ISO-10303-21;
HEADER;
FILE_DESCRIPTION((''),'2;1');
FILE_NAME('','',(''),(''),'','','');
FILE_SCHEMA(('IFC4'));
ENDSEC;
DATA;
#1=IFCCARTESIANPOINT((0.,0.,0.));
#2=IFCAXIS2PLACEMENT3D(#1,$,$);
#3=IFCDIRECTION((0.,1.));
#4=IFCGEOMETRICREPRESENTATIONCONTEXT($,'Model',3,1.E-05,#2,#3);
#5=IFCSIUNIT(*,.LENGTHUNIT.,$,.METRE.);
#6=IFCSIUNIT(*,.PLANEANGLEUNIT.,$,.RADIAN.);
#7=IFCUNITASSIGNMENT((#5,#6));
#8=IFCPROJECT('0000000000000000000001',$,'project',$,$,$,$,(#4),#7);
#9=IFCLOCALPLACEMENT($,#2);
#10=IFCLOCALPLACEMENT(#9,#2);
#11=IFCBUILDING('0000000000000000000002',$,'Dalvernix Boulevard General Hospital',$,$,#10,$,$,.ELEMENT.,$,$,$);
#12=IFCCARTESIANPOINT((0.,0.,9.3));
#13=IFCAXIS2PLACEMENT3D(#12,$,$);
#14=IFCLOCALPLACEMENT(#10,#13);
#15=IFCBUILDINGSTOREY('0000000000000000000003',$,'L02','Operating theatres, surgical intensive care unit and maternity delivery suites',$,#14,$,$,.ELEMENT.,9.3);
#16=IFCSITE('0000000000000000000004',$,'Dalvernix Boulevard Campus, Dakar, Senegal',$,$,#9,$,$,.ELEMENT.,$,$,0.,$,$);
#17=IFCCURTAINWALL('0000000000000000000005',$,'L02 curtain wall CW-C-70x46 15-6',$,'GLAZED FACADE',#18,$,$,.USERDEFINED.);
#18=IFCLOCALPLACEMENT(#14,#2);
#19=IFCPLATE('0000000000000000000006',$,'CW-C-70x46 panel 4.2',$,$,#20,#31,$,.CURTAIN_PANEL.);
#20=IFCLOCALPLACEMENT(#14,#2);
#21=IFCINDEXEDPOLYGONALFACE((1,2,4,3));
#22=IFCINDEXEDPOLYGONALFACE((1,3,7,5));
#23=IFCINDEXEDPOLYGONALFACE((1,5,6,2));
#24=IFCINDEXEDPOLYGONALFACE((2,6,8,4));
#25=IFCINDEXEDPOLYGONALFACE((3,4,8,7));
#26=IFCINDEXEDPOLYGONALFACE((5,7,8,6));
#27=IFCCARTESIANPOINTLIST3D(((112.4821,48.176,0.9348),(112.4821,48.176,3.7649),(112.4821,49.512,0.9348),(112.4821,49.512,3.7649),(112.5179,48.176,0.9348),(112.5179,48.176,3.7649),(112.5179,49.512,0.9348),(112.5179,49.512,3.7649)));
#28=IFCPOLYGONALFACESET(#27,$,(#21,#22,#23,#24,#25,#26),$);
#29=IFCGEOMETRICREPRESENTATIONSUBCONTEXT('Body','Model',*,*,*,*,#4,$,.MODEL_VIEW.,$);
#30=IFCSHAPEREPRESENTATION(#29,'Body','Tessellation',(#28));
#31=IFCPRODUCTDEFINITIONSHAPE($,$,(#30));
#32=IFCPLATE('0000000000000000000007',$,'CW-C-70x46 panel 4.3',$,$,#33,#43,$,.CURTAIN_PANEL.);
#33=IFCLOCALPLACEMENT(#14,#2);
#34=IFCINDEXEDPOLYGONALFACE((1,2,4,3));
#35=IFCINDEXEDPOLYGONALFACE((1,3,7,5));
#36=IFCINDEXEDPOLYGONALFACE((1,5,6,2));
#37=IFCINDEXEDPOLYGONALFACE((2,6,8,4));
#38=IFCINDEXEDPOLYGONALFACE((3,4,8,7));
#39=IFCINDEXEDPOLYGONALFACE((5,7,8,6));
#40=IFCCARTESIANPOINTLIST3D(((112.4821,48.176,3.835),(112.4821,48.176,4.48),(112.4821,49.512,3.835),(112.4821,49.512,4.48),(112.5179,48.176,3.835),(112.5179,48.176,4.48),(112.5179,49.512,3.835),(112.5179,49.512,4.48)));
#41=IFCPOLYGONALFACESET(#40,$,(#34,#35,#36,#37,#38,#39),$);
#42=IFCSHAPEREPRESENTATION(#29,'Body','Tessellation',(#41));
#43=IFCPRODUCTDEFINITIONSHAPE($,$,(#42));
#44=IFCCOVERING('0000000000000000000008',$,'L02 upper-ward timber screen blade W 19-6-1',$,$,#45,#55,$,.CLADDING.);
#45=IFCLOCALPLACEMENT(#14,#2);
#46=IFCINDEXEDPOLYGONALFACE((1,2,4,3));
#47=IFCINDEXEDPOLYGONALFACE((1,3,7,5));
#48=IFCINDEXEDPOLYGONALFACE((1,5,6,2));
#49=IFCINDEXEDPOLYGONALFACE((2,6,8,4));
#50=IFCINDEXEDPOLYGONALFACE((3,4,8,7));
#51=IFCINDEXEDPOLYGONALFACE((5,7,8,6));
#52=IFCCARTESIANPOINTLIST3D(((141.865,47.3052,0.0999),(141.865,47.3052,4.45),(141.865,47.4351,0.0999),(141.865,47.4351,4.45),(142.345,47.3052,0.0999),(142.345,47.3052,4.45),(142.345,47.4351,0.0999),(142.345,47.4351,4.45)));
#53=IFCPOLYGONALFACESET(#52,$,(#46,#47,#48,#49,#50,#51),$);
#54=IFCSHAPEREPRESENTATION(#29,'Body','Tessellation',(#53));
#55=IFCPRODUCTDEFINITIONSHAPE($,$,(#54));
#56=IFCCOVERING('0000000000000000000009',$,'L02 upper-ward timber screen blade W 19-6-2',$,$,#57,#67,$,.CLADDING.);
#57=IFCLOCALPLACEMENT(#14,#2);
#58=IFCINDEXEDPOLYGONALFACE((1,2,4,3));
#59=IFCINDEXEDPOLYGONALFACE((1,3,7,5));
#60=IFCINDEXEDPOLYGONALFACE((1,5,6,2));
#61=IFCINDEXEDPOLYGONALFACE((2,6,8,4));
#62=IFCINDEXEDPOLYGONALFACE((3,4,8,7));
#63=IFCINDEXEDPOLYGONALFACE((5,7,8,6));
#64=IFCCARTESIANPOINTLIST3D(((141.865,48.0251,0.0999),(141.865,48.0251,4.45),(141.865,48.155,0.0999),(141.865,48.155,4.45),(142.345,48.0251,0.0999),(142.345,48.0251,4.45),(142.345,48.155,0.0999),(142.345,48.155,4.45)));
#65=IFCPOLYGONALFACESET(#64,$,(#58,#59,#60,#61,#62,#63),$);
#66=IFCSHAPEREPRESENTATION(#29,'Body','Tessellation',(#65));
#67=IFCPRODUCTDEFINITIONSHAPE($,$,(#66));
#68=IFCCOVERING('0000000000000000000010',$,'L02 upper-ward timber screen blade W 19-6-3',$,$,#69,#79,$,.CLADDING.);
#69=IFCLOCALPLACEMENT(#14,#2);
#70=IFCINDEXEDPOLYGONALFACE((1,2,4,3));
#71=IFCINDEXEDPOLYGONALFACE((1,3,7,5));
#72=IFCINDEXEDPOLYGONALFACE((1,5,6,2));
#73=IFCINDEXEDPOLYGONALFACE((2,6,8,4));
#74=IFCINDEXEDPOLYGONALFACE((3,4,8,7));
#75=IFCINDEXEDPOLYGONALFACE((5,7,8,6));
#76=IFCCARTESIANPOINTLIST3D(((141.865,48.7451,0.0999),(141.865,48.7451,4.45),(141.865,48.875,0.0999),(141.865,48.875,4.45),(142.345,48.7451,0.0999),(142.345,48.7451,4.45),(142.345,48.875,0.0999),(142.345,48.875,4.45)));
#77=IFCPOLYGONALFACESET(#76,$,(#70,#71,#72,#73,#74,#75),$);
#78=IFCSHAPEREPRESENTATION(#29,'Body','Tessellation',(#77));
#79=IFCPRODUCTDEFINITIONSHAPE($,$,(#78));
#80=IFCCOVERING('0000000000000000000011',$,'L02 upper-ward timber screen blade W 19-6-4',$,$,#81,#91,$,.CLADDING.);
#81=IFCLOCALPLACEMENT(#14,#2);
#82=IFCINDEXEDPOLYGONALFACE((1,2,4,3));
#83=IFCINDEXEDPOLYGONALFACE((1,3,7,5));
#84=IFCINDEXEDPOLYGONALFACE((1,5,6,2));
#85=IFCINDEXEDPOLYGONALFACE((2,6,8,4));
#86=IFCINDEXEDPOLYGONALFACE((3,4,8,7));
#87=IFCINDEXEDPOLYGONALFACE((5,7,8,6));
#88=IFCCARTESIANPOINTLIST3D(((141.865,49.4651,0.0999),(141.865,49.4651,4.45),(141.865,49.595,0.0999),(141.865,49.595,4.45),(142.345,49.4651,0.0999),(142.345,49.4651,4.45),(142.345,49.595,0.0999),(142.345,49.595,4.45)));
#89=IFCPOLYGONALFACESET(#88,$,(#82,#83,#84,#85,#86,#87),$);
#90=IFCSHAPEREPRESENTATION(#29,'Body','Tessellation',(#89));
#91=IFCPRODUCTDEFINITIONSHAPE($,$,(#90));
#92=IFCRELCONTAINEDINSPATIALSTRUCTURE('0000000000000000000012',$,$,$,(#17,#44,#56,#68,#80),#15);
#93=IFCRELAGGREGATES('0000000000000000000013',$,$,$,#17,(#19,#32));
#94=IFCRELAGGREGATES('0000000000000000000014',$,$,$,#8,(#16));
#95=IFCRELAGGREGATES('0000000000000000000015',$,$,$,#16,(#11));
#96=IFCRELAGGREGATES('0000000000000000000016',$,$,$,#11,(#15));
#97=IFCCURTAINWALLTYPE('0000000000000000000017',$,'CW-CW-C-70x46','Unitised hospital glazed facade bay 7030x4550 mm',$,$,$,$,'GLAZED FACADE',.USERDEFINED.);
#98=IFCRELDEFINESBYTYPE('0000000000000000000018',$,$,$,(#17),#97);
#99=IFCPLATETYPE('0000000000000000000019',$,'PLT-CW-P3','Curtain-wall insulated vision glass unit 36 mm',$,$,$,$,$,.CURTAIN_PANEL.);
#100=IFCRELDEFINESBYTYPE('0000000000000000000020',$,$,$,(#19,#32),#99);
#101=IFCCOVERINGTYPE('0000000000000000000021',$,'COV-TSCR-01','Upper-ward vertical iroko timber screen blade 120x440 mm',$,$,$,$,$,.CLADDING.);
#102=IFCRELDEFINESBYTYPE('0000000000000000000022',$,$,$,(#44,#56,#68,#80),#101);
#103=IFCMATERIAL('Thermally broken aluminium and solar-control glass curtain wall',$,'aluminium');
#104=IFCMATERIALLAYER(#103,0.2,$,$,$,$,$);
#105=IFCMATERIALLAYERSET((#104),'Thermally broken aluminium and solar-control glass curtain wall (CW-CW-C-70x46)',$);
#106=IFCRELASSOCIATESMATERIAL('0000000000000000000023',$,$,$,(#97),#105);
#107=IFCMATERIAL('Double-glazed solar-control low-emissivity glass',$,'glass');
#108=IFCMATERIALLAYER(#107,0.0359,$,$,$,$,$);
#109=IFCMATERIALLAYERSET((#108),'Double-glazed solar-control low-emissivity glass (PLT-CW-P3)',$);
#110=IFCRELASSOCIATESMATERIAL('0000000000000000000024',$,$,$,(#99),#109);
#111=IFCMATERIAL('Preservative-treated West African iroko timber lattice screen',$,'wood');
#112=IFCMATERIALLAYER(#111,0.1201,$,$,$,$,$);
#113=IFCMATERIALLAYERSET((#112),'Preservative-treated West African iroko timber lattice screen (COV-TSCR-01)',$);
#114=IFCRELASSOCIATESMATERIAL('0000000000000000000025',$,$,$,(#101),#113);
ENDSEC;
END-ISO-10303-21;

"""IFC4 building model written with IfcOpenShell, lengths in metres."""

from ifc_helpers import new_model, si_unit, direction, frame, origin, origin_2d, place, context, subcontext, project, spatial, rectangle, extrude, material, layer, layer_set, type_object, element, aggregate, save


model = new_model("IFC4")

# Units and contexts
model_context = context("Model", 3, precision=1e-05, world=origin(), true_north=direction((0.0, 1.0)))
body_context = subcontext(model_context, "Body", "Model", "MODEL_VIEW")
ifc_project = project(units=[si_unit("LENGTHUNIT", "METRE"), si_unit("PLANEANGLEUNIT", "RADIAN")], contexts=[model_context])

# Site, building, storey
site_placement = place(None, origin())
site = spatial("IfcSite", under=ifc_project, at=site_placement, Name="Dalvernix Boulevard Campus, Dakar, Senegal", CompositionType="ELEMENT", RefElevation=0.0)
building_placement = place(site_placement, origin())
building = spatial("IfcBuilding", under=site, at=building_placement, Name="Dalvernix Boulevard General Hospital", CompositionType="ELEMENT")
storey_placement = place(building_placement, frame((0.0, 0.0, 9.3)))
storey = spatial("IfcBuildingStorey", under=building, at=storey_placement, Name="L02", Description="Operating theatres, surgical intensive care unit and maternity delivery suites", CompositionType="ELEMENT", Elevation=9.3)

# Curtain wall
ifc_material_1 = material(Name="Thermally broken aluminium and solar-control glass curtain wall", Category="aluminium")
ifc_layer_1 = layer(ifc_material_1, 0.2)
ifc_layer_set_1 = layer_set([ifc_layer_1], Name="Thermally broken aluminium and solar-control glass curtain wall (CW-CW-C-70x46)")
curtain_wall_type = type_object("IfcCurtainWallType", Name="CW-CW-C-70x46", Description="Unitised hospital glazed facade bay 7030x4550 mm", ElementType="GLAZED FACADE", PredefinedType="USERDEFINED", material=ifc_layer_set_1)
curtain_wall_1_placement = place(storey_placement, origin())
curtain_wall_1 = element("IfcCurtainWall", 1, at=curtain_wall_1_placement, inside=storey, type_object=curtain_wall_type, Name="L02 curtain wall CW-C-70x46 15-6", ObjectType="GLAZED FACADE", PredefinedType="USERDEFINED")

# Plates
ifc_material_2 = material(Name="Double-glazed solar-control low-emissivity glass", Category="glass")
ifc_layer_2 = layer(ifc_material_2, 0.0359)
ifc_layer_set_2 = layer_set([ifc_layer_2], Name="Double-glazed solar-control low-emissivity glass (PLT-CW-P3)")
plate_type = type_object("IfcPlateType", Name="PLT-CW-P3", Description="Curtain-wall insulated vision glass unit 36 mm", PredefinedType="CURTAIN_PANEL", material=ifc_layer_set_2)
plate_1_placement = place(storey_placement, frame((112.5, 48.844, 0.9348), z_axis=(0.0, 0.0, 1.0), x_axis=(0.0, -1.0, 0.0)))
plate_1 = element("IfcPlate", 2, at=plate_1_placement, type_object=plate_type, Name="CW-C-70x46 panel 4.2", PredefinedType="CURTAIN_PANEL", context=body_context, shape_type="SweptSolid", body=[
    extrude(rectangle(XDim=1.3359, YDim=0.0359, at=origin_2d()), origin(), (0.0, 0.0, 1.0), 2.8301),
])
plate_2_placement = place(storey_placement, frame((112.5, 48.844, 3.835), z_axis=(0.0, 0.0, 1.0), x_axis=(0.0, -1.0, 0.0)))
plate_2 = element("IfcPlate", 3, at=plate_2_placement, type_object=plate_type, Name="CW-C-70x46 panel 4.3", PredefinedType="CURTAIN_PANEL", context=body_context, shape_type="SweptSolid", body=[
    extrude(rectangle(XDim=1.3359, YDim=0.0359, at=origin_2d()), origin(), (0.0, 0.0, 1.0), 0.645),
])
aggregate(curtain_wall_1, [plate_1, plate_2])

# Coverings
ifc_material_3 = material(Name="Preservative-treated West African iroko timber lattice screen", Category="wood")
ifc_layer_3 = layer(ifc_material_3, 0.1201)
ifc_layer_set_3 = layer_set([ifc_layer_3], Name="Preservative-treated West African iroko timber lattice screen (COV-TSCR-01)")
covering_type = type_object("IfcCoveringType", Name="COV-TSCR-01", Description="Upper-ward vertical iroko timber screen blade 120x440 mm", PredefinedType="CLADDING", material=ifc_layer_set_3)
for number, where, z_axis, x_axis, name in (
    (4, (142.105, 47.3701, 0.0999), (0.0, 0.0, 1.0), (0.0, 1.0, 0.0), "L02 upper-ward timber screen blade W 19-6-1"),
    (5, (142.105, 48.0901, 0.0999), (0.0, 0.0, 1.0), (0.0, 1.0, 0.0), "L02 upper-ward timber screen blade W 19-6-2"),
    (6, (142.105, 48.8101, 0.0999), (0.0, 0.0, 1.0), (0.0, 1.0, 0.0), "L02 upper-ward timber screen blade W 19-6-3"),
    (7, (142.105, 49.53, 0.0999), (0.0, 0.0, 1.0), (0.0, 1.0, 0.0), "L02 upper-ward timber screen blade W 19-6-4"),
):
    element("IfcCovering", number, at=place(storey_placement, frame(where, z_axis=z_axis, x_axis=x_axis)), inside=storey, type_object=covering_type, Name=name, PredefinedType="CLADDING", context=body_context, shape_type="SweptSolid", body=[
        extrude(rectangle(XDim=0.1299, YDim=0.48, at=origin_2d()), origin(), (0.0, 0.0, 1.0), 4.3501),
    ])

save(model, "model.ifc")
